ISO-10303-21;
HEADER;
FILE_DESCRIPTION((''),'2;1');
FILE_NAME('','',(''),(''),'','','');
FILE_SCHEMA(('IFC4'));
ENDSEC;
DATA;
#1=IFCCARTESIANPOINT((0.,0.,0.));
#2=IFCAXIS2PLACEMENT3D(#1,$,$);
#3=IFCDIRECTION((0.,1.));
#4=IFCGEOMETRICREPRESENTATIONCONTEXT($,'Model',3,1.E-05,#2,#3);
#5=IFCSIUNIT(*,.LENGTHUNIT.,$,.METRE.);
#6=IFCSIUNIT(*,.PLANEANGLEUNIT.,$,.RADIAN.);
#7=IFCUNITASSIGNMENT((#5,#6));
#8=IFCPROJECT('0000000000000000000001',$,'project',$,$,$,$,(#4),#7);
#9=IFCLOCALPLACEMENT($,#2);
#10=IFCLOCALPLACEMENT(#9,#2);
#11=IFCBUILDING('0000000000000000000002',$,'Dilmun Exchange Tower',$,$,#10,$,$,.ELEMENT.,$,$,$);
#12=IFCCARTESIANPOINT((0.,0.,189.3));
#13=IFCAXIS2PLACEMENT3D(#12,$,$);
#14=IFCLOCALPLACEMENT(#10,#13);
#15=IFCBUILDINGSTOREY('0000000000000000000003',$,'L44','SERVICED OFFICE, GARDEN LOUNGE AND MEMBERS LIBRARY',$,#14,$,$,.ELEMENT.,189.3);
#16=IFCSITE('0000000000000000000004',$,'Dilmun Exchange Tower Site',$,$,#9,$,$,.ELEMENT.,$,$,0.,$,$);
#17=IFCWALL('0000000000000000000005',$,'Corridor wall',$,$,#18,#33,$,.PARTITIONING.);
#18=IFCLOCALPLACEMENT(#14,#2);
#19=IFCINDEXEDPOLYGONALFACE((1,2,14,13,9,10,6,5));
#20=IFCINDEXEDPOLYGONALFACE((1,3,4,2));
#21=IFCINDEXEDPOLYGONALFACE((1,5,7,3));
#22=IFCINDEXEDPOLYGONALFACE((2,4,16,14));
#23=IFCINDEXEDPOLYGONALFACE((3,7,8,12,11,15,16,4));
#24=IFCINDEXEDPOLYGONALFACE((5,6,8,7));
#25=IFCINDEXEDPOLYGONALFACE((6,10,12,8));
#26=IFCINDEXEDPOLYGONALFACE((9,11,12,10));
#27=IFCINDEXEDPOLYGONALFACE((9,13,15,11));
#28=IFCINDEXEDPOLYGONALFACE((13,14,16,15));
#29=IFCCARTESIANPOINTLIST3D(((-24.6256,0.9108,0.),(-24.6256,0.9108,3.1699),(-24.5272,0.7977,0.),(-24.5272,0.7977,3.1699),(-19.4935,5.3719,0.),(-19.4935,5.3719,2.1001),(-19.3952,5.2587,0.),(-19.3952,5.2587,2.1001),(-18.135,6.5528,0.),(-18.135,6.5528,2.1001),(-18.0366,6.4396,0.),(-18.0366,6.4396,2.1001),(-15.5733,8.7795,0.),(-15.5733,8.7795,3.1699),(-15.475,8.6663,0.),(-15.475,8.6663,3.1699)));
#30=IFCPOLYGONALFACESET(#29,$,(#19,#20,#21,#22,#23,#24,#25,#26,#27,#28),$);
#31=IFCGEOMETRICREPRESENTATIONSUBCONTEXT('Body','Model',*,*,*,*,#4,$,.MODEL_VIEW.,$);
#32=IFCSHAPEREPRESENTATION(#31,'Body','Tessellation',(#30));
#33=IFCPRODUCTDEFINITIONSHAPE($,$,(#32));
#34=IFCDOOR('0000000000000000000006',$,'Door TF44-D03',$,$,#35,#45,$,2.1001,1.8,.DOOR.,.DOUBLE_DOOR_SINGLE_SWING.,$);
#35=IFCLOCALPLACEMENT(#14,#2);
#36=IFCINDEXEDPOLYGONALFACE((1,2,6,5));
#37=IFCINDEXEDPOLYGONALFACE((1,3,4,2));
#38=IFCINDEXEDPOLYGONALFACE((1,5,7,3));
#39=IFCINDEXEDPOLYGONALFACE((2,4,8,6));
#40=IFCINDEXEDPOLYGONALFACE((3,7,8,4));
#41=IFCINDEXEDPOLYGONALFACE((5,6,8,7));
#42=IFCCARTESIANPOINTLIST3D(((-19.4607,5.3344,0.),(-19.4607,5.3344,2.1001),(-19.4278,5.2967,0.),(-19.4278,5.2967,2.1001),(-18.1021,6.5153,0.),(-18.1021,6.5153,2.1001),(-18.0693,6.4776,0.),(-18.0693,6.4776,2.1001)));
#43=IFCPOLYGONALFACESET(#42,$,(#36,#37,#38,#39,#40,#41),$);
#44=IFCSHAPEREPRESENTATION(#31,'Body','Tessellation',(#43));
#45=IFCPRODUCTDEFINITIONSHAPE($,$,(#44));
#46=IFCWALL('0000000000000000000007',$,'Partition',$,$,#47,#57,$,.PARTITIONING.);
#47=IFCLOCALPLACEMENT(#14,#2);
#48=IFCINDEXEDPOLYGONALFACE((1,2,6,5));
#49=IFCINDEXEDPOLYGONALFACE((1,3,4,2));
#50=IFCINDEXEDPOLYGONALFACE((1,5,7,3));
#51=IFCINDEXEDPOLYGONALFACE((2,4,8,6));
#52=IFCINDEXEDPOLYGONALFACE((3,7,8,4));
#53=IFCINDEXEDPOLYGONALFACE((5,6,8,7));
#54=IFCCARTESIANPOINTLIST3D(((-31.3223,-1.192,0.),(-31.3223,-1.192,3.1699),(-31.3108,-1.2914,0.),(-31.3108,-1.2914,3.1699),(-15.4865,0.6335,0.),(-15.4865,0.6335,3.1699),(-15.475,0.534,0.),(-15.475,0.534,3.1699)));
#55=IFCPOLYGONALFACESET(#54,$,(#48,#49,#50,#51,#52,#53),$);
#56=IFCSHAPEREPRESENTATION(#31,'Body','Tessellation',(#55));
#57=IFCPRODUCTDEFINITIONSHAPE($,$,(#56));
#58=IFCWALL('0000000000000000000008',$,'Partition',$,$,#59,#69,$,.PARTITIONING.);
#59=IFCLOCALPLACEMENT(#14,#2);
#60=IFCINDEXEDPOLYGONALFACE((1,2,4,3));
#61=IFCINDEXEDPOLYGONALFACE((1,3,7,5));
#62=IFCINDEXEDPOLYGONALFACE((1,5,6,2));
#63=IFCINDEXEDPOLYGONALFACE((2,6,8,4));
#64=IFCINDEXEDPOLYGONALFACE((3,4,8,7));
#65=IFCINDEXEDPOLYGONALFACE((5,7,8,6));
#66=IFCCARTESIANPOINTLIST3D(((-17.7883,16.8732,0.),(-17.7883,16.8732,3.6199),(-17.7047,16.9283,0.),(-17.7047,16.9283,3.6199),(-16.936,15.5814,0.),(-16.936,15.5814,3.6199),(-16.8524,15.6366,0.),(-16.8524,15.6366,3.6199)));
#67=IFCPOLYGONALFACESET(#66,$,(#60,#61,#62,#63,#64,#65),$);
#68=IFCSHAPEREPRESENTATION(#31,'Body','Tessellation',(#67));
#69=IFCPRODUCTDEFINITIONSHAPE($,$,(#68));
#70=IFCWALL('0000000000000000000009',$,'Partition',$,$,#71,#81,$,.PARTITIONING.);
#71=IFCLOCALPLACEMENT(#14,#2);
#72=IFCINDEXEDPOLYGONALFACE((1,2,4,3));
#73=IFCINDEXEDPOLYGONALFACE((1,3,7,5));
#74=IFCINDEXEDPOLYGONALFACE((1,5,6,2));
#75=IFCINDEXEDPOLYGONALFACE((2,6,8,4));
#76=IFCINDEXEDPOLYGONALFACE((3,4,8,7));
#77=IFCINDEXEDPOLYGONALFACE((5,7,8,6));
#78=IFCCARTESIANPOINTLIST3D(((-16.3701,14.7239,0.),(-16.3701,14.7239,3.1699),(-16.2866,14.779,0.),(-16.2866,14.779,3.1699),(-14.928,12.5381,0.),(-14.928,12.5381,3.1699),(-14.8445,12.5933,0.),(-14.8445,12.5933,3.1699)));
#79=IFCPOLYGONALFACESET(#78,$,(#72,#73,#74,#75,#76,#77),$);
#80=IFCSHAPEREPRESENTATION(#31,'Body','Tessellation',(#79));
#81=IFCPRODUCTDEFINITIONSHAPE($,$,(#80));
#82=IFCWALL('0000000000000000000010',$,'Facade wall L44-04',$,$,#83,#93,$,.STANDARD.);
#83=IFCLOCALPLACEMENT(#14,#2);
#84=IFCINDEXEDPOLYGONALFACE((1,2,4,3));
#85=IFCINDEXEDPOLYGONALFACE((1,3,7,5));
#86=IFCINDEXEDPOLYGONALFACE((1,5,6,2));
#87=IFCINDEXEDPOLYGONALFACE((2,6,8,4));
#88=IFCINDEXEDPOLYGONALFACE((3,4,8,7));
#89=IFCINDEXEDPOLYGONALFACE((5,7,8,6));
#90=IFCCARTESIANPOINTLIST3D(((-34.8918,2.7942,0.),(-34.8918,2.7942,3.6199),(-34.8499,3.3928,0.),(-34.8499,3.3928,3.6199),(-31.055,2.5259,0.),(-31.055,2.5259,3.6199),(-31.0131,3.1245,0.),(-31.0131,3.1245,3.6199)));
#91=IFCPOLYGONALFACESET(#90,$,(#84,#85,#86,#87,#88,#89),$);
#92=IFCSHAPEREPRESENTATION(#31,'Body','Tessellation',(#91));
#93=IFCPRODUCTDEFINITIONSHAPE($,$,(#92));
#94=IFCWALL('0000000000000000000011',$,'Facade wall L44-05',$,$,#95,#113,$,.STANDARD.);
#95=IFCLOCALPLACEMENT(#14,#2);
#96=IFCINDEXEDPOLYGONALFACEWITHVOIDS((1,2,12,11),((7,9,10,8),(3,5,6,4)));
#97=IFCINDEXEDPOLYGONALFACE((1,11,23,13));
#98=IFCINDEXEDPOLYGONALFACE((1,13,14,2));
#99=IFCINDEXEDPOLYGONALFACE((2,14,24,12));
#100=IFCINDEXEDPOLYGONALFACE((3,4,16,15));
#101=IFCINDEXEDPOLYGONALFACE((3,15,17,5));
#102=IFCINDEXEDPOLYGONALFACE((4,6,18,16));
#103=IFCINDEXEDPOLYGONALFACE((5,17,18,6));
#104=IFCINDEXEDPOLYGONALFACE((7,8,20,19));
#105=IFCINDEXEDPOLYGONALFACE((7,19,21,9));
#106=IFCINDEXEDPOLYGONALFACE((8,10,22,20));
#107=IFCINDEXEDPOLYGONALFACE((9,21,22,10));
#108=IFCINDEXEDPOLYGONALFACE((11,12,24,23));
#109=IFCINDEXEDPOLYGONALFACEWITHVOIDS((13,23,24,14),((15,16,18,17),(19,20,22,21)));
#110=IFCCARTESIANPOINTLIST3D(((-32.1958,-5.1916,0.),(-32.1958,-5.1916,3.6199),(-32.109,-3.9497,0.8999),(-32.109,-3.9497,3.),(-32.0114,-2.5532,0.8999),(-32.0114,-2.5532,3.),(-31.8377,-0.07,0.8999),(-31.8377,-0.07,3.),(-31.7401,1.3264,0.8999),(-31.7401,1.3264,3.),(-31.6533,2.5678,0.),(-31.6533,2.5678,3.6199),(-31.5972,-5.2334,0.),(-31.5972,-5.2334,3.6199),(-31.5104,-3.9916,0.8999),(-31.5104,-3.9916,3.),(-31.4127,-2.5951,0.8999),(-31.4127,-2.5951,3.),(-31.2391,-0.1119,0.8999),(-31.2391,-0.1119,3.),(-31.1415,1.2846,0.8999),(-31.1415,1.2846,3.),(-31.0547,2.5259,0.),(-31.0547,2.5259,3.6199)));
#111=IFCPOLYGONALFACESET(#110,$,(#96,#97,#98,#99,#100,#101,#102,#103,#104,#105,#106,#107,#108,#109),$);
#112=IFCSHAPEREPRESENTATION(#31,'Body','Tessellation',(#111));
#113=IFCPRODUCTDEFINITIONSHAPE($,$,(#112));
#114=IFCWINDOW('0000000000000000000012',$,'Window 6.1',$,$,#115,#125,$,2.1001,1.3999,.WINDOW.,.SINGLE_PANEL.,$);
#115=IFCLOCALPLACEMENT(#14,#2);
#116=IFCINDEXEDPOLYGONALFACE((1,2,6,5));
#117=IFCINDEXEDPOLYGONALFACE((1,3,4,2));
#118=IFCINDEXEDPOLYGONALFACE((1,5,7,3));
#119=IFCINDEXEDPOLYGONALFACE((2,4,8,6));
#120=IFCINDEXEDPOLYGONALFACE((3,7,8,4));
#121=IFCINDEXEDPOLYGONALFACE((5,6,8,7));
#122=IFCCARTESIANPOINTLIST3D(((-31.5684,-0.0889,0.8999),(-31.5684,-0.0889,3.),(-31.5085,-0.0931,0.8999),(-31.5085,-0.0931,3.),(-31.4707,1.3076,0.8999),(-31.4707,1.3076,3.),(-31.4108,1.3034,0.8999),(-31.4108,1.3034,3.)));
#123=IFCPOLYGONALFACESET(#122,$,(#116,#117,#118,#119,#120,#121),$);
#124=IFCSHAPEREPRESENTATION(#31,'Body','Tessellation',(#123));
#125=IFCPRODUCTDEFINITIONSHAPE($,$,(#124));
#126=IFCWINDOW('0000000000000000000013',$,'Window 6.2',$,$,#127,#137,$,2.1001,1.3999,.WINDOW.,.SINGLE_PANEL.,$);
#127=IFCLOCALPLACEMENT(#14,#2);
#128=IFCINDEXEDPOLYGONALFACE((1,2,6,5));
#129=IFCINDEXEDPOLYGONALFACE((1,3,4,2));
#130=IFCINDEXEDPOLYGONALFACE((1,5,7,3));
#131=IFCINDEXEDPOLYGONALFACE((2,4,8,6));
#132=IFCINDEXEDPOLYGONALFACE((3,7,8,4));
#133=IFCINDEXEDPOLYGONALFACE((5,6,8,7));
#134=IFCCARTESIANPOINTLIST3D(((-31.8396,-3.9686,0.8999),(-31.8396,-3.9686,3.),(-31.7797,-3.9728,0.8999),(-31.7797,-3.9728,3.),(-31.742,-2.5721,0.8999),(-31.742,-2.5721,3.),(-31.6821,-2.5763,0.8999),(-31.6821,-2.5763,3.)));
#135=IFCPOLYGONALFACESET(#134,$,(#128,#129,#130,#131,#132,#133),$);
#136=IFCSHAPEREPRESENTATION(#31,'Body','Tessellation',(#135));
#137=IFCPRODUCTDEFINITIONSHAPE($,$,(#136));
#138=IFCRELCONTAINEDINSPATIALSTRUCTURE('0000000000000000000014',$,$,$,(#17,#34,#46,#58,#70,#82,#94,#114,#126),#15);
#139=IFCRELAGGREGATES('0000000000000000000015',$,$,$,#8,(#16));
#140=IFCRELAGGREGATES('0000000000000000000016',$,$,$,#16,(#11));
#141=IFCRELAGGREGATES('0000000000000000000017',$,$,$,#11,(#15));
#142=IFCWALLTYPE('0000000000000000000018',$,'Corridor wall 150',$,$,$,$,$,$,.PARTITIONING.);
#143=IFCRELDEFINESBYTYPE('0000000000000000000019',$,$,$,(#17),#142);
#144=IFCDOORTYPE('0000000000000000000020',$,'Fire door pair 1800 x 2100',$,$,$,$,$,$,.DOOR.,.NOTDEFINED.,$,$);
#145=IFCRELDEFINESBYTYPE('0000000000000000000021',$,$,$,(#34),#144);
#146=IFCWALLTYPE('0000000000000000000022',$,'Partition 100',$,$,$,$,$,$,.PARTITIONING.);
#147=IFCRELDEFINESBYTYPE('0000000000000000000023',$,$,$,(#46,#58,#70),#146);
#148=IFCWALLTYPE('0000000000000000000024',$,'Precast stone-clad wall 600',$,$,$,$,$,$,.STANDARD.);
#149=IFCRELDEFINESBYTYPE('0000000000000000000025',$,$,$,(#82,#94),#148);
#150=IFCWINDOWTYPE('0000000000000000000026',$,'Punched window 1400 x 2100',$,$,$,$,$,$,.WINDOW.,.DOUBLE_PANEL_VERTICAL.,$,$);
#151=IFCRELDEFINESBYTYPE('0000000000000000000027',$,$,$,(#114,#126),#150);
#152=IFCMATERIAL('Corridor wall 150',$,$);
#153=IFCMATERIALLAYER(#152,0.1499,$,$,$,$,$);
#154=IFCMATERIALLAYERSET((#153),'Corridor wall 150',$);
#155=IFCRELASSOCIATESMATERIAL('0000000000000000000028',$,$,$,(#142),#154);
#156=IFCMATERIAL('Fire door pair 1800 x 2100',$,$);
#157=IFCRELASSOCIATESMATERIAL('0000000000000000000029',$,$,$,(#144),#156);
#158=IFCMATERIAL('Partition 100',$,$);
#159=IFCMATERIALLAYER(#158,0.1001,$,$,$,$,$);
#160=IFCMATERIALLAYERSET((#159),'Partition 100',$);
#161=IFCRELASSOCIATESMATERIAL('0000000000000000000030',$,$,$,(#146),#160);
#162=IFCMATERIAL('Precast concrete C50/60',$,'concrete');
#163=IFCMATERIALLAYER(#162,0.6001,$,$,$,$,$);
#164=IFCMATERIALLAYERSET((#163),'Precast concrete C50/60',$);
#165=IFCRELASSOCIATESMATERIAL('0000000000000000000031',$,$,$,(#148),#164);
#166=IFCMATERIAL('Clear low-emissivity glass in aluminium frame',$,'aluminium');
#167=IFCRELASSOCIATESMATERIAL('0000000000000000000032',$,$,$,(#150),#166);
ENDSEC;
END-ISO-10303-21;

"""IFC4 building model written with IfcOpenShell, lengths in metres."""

from ifc_helpers import new_model, si_unit, direction, frame, frame_2d, origin, place, context, subcontext, project, spatial, rectangle, extrude, material, layer, layer_set, type_object, element, fill, save


model = new_model("IFC4")

# Units and contexts
model_context = context("Model", 3, precision=1e-05, world=origin(), true_north=direction((0.0, 1.0)))
body_context = subcontext(model_context, "Body", "Model", "MODEL_VIEW")
ifc_project = project(units=[si_unit("LENGTHUNIT", "METRE"), si_unit("PLANEANGLEUNIT", "RADIAN")], contexts=[model_context])

# Site, building, storey
site_placement = place(None, origin())
site = spatial("IfcSite", under=ifc_project, at=site_placement, Name="Dilmun Exchange Tower Site", CompositionType="ELEMENT", RefElevation=0.0)
building_placement = place(site_placement, origin())
building = spatial("IfcBuilding", under=site, at=building_placement, Name="Dilmun Exchange Tower", CompositionType="ELEMENT")
storey_placement = place(building_placement, frame((0.0, 0.0, 189.3)))
storey = spatial("IfcBuildingStorey", under=building, at=storey_placement, Name="L44", Description="SERVICED OFFICE, GARDEN LOUNGE AND MEMBERS LIBRARY", CompositionType="ELEMENT", Elevation=189.3)

# Shared definitions
ifc_material_1 = material(Name="Corridor wall 150")
ifc_layer_1 = layer(ifc_material_1, 0.1499)
ifc_layer_set_1 = layer_set([ifc_layer_1], Name="Corridor wall 150")
wall_type_1 = type_object("IfcWallType", Name="Corridor wall 150", PredefinedType="PARTITIONING", material=ifc_layer_set_1)
ifc_material_2 = material(Name="Fire door pair 1800 x 2100")
door_type_1 = type_object("IfcDoorType", Name="Fire door pair 1800 x 2100", OperationType="NOTDEFINED", PredefinedType="DOOR", material=ifc_material_2)

# Wall, opening, door
wall_1_placement = place(storey_placement, frame((-24.5764, 0.8542, 0.0), z_axis=(0.0, 0.0, 1.0), x_axis=(0.754724, 0.656043, 0.0)))
wall_1 = element("IfcWall", 1, at=wall_1_placement, inside=storey, type_object=wall_type_1, Name="Corridor wall", PredefinedType="PARTITIONING", context=body_context, shape_type="SweptSolid", body=[
    extrude(rectangle(XDim=11.9941, YDim=0.1499, at=frame_2d((5.9971, 0.0))), origin(), (0.0, 0.0, 1.0), 3.1699),
])
opening_1_placement = place(wall_1_placement, frame((6.8, 0.0, 0.0)))
opening_1 = element("IfcOpeningElement", 2, at=opening_1_placement, cuts=wall_1, PredefinedType="OPENING", context=body_context, shape_type="SweptSolid", body=[
    extrude(rectangle(XDim=1.8, YDim=2.1001, at=frame_2d((0.8999, 1.05))), frame((0.0, 0.085, 0.0), z_axis=(0.0, -1.0, 0.0), x_axis=(1.0, 0.0, 0.0)), (0.0, 0.0, 1.0), 0.1699),
])
door_1_placement = place(opening_1_placement, frame((1.8, 0.0, 0.0), z_axis=(0.0, 0.0, 1.0), x_axis=(-1.0, 0.0, 0.0)))
door_1 = element("IfcDoor", 3, at=door_1_placement, inside=storey, type_object=door_type_1, Name="Door TF44-D03", OperationType="DOUBLE_DOOR_SINGLE_SWING", OverallHeight=2.1001, OverallWidth=1.8, PredefinedType="DOOR", context=body_context, shape_type="SweptSolid", body=[
    extrude(rectangle(XDim=1.8, YDim=2.1001, at=frame_2d((0.8999, 1.05))), frame((0.0, 0.0249, 0.0), z_axis=(0.0, -1.0, 0.0), x_axis=(1.0, 0.0, 0.0)), (0.0, 0.0, 1.0), 0.05),
])
fill(opening_1, door_1)

# Walls
ifc_material_3 = material(Name="Partition 100")
ifc_layer_2 = layer(ifc_material_3, 0.1001)
ifc_layer_set_2 = layer_set([ifc_layer_2], Name="Partition 100")
wall_type_2 = type_object("IfcWallType", Name="Partition 100", PredefinedType="PARTITIONING", material=ifc_layer_set_2)
wall_2_placement = place(storey_placement, frame((-31.3164, -1.2417, 0.0), z_axis=(0.0, 0.0, 1.0), x_axis=(0.993421, 0.114515, 0.0)))
element("IfcWall", 4, at=wall_2_placement, inside=storey, type_object=wall_type_2, Name="Partition", PredefinedType="PARTITIONING", context=body_context, shape_type="SweptSolid", body=[
    extrude(rectangle(XDim=15.9407, YDim=0.1001, at=frame_2d((7.9702, 0.0))), origin(), (0.0, 0.0, 1.0), 3.1699),
])
wall_3_placement = place(storey_placement, frame((-17.7466, 16.9009, 0.0), z_axis=(0.0, 0.0, 1.0), x_axis=(0.550726, -0.834686, 0.0)))
element("IfcWall", 5, at=wall_3_placement, inside=storey, type_object=wall_type_2, Name="Partition", PredefinedType="PARTITIONING", context=body_context, shape_type="SweptSolid", body=[
    extrude(rectangle(XDim=1.5476, YDim=0.1001, at=frame_2d((0.7739, 0.0))), origin(), (0.0, 0.0, 1.0), 3.6199),
])
wall_4_placement = place(storey_placement, frame((-16.3284, 14.7515, 0.0), z_axis=(0.0, 0.0, 1.0), x_axis=(0.550714, -0.834694, 0.0)))
element("IfcWall", 6, at=wall_4_placement, inside=storey, type_object=wall_type_2, Name="Partition", PredefinedType="PARTITIONING", context=body_context, shape_type="SweptSolid", body=[
    extrude(rectangle(XDim=2.6187, YDim=0.1001, at=frame_2d((1.3093, 0.0))), origin(), (0.0, 0.0, 1.0), 3.1699),
])
ifc_material_4 = material(Name="Precast concrete C50/60", Category="concrete")
ifc_layer_3 = layer(ifc_material_4, 0.6001)
ifc_layer_set_3 = layer_set([ifc_layer_3], Name="Precast concrete C50/60")
wall_type_3 = type_object("IfcWallType", Name="Precast stone-clad wall 600", PredefinedType="STANDARD", material=ifc_layer_set_3)
wall_5_placement = place(storey_placement, frame((-34.8708, 3.0935, 0.0), z_axis=(0.0, 0.0, 1.0), x_axis=(0.997564, -0.069758, 0.0)))
element("IfcWall", 7, at=wall_5_placement, inside=storey, type_object=wall_type_3, Name="Facade wall L44-04", PredefinedType="STANDARD", context=body_context, shape_type="SweptSolid", body=[
    extrude(rectangle(XDim=3.8462, YDim=0.6001, at=frame_2d((1.9231, 0.0))), origin(), (0.0, 0.0, 1.0), 3.6199),
])

# Wall, openings, windows
wall_6_placement = place(storey_placement, frame((-31.354, 2.5469, 0.0), z_axis=(0.0, 0.0, 1.0), x_axis=(-0.069744, -0.997565, 0.0)))
wall_6 = element("IfcWall", 8, at=wall_6_placement, inside=storey, type_object=wall_type_3, Name="Facade wall L44-05", PredefinedType="STANDARD", context=body_context, shape_type="SweptSolid", body=[
    extrude(rectangle(XDim=7.7783, YDim=0.6001, at=frame_2d((3.8892, 0.0))), origin(), (0.0, 0.0, 1.0), 3.6199),
])
opening_2_placement = place(wall_6_placement, frame((1.2444, 0.0, 0.8999)))
opening_2 = element("IfcOpeningElement", 9, at=opening_2_placement, cuts=wall_6, PredefinedType="OPENING", context=body_context, shape_type="SweptSolid", body=[
    extrude(rectangle(XDim=1.3999, YDim=2.1001, at=frame_2d((0.7, 1.05))), frame((0.0, 0.3101, 0.0), z_axis=(0.0, -1.0, 0.0), x_axis=(1.0, 0.0, 0.0)), (0.0, 0.0, 1.0), 0.6201),
])
opening_3_placement = place(wall_6_placement, frame((5.1335, 0.0, 0.8999)))
opening_3 = element("IfcOpeningElement", 10, at=opening_3_placement, cuts=wall_6, PredefinedType="OPENING", context=body_context, shape_type="SweptSolid", body=[
    extrude(rectangle(XDim=1.3999, YDim=2.1001, at=frame_2d((0.7, 1.05))), frame((0.0, 0.3101, 0.0), z_axis=(0.0, -1.0, 0.0), x_axis=(1.0, 0.0, 0.0)), (0.0, 0.0, 1.0), 0.6201),
])
ifc_material_5 = material(Name="Clear low-emissivity glass in aluminium frame", Category="aluminium")
window_type = type_object("IfcWindowType", Name="Punched window 1400 x 2100", PartitioningType="DOUBLE_PANEL_VERTICAL", PredefinedType="WINDOW", material=ifc_material_5)
window_1_placement = place(opening_2_placement, origin())
window_1 = element("IfcWindow", 11, at=window_1_placement, inside=storey, type_object=window_type, Name="Window 6.1", OverallHeight=2.1001, OverallWidth=1.3999, PartitioningType="SINGLE_PANEL", PredefinedType="WINDOW", context=body_context, shape_type="SweptSolid", body=[
    extrude(rectangle(XDim=1.3999, YDim=2.1001, at=frame_2d((0.7, 1.05))), frame((0.0, 0.03, 0.0), z_axis=(0.0, -1.0, 0.0), x_axis=(1.0, 0.0, 0.0)), (0.0, 0.0, 1.0), 0.0601),
])
fill(opening_2, window_1)
window_2_placement = place(opening_3_placement, origin())
window_2 = element("IfcWindow", 12, at=window_2_placement, inside=storey, type_object=window_type, Name="Window 6.2", OverallHeight=2.1001, OverallWidth=1.3999, PartitioningType="SINGLE_PANEL", PredefinedType="WINDOW", context=body_context, shape_type="SweptSolid", body=[
    extrude(rectangle(XDim=1.3999, YDim=2.1001, at=frame_2d((0.7, 1.05))), frame((0.0, 0.03, 0.0), z_axis=(0.0, -1.0, 0.0), x_axis=(1.0, 0.0, 0.0)), (0.0, 0.0, 1.0), 0.0601),
])
fill(opening_3, window_2)

save(model, "model.ifc")
